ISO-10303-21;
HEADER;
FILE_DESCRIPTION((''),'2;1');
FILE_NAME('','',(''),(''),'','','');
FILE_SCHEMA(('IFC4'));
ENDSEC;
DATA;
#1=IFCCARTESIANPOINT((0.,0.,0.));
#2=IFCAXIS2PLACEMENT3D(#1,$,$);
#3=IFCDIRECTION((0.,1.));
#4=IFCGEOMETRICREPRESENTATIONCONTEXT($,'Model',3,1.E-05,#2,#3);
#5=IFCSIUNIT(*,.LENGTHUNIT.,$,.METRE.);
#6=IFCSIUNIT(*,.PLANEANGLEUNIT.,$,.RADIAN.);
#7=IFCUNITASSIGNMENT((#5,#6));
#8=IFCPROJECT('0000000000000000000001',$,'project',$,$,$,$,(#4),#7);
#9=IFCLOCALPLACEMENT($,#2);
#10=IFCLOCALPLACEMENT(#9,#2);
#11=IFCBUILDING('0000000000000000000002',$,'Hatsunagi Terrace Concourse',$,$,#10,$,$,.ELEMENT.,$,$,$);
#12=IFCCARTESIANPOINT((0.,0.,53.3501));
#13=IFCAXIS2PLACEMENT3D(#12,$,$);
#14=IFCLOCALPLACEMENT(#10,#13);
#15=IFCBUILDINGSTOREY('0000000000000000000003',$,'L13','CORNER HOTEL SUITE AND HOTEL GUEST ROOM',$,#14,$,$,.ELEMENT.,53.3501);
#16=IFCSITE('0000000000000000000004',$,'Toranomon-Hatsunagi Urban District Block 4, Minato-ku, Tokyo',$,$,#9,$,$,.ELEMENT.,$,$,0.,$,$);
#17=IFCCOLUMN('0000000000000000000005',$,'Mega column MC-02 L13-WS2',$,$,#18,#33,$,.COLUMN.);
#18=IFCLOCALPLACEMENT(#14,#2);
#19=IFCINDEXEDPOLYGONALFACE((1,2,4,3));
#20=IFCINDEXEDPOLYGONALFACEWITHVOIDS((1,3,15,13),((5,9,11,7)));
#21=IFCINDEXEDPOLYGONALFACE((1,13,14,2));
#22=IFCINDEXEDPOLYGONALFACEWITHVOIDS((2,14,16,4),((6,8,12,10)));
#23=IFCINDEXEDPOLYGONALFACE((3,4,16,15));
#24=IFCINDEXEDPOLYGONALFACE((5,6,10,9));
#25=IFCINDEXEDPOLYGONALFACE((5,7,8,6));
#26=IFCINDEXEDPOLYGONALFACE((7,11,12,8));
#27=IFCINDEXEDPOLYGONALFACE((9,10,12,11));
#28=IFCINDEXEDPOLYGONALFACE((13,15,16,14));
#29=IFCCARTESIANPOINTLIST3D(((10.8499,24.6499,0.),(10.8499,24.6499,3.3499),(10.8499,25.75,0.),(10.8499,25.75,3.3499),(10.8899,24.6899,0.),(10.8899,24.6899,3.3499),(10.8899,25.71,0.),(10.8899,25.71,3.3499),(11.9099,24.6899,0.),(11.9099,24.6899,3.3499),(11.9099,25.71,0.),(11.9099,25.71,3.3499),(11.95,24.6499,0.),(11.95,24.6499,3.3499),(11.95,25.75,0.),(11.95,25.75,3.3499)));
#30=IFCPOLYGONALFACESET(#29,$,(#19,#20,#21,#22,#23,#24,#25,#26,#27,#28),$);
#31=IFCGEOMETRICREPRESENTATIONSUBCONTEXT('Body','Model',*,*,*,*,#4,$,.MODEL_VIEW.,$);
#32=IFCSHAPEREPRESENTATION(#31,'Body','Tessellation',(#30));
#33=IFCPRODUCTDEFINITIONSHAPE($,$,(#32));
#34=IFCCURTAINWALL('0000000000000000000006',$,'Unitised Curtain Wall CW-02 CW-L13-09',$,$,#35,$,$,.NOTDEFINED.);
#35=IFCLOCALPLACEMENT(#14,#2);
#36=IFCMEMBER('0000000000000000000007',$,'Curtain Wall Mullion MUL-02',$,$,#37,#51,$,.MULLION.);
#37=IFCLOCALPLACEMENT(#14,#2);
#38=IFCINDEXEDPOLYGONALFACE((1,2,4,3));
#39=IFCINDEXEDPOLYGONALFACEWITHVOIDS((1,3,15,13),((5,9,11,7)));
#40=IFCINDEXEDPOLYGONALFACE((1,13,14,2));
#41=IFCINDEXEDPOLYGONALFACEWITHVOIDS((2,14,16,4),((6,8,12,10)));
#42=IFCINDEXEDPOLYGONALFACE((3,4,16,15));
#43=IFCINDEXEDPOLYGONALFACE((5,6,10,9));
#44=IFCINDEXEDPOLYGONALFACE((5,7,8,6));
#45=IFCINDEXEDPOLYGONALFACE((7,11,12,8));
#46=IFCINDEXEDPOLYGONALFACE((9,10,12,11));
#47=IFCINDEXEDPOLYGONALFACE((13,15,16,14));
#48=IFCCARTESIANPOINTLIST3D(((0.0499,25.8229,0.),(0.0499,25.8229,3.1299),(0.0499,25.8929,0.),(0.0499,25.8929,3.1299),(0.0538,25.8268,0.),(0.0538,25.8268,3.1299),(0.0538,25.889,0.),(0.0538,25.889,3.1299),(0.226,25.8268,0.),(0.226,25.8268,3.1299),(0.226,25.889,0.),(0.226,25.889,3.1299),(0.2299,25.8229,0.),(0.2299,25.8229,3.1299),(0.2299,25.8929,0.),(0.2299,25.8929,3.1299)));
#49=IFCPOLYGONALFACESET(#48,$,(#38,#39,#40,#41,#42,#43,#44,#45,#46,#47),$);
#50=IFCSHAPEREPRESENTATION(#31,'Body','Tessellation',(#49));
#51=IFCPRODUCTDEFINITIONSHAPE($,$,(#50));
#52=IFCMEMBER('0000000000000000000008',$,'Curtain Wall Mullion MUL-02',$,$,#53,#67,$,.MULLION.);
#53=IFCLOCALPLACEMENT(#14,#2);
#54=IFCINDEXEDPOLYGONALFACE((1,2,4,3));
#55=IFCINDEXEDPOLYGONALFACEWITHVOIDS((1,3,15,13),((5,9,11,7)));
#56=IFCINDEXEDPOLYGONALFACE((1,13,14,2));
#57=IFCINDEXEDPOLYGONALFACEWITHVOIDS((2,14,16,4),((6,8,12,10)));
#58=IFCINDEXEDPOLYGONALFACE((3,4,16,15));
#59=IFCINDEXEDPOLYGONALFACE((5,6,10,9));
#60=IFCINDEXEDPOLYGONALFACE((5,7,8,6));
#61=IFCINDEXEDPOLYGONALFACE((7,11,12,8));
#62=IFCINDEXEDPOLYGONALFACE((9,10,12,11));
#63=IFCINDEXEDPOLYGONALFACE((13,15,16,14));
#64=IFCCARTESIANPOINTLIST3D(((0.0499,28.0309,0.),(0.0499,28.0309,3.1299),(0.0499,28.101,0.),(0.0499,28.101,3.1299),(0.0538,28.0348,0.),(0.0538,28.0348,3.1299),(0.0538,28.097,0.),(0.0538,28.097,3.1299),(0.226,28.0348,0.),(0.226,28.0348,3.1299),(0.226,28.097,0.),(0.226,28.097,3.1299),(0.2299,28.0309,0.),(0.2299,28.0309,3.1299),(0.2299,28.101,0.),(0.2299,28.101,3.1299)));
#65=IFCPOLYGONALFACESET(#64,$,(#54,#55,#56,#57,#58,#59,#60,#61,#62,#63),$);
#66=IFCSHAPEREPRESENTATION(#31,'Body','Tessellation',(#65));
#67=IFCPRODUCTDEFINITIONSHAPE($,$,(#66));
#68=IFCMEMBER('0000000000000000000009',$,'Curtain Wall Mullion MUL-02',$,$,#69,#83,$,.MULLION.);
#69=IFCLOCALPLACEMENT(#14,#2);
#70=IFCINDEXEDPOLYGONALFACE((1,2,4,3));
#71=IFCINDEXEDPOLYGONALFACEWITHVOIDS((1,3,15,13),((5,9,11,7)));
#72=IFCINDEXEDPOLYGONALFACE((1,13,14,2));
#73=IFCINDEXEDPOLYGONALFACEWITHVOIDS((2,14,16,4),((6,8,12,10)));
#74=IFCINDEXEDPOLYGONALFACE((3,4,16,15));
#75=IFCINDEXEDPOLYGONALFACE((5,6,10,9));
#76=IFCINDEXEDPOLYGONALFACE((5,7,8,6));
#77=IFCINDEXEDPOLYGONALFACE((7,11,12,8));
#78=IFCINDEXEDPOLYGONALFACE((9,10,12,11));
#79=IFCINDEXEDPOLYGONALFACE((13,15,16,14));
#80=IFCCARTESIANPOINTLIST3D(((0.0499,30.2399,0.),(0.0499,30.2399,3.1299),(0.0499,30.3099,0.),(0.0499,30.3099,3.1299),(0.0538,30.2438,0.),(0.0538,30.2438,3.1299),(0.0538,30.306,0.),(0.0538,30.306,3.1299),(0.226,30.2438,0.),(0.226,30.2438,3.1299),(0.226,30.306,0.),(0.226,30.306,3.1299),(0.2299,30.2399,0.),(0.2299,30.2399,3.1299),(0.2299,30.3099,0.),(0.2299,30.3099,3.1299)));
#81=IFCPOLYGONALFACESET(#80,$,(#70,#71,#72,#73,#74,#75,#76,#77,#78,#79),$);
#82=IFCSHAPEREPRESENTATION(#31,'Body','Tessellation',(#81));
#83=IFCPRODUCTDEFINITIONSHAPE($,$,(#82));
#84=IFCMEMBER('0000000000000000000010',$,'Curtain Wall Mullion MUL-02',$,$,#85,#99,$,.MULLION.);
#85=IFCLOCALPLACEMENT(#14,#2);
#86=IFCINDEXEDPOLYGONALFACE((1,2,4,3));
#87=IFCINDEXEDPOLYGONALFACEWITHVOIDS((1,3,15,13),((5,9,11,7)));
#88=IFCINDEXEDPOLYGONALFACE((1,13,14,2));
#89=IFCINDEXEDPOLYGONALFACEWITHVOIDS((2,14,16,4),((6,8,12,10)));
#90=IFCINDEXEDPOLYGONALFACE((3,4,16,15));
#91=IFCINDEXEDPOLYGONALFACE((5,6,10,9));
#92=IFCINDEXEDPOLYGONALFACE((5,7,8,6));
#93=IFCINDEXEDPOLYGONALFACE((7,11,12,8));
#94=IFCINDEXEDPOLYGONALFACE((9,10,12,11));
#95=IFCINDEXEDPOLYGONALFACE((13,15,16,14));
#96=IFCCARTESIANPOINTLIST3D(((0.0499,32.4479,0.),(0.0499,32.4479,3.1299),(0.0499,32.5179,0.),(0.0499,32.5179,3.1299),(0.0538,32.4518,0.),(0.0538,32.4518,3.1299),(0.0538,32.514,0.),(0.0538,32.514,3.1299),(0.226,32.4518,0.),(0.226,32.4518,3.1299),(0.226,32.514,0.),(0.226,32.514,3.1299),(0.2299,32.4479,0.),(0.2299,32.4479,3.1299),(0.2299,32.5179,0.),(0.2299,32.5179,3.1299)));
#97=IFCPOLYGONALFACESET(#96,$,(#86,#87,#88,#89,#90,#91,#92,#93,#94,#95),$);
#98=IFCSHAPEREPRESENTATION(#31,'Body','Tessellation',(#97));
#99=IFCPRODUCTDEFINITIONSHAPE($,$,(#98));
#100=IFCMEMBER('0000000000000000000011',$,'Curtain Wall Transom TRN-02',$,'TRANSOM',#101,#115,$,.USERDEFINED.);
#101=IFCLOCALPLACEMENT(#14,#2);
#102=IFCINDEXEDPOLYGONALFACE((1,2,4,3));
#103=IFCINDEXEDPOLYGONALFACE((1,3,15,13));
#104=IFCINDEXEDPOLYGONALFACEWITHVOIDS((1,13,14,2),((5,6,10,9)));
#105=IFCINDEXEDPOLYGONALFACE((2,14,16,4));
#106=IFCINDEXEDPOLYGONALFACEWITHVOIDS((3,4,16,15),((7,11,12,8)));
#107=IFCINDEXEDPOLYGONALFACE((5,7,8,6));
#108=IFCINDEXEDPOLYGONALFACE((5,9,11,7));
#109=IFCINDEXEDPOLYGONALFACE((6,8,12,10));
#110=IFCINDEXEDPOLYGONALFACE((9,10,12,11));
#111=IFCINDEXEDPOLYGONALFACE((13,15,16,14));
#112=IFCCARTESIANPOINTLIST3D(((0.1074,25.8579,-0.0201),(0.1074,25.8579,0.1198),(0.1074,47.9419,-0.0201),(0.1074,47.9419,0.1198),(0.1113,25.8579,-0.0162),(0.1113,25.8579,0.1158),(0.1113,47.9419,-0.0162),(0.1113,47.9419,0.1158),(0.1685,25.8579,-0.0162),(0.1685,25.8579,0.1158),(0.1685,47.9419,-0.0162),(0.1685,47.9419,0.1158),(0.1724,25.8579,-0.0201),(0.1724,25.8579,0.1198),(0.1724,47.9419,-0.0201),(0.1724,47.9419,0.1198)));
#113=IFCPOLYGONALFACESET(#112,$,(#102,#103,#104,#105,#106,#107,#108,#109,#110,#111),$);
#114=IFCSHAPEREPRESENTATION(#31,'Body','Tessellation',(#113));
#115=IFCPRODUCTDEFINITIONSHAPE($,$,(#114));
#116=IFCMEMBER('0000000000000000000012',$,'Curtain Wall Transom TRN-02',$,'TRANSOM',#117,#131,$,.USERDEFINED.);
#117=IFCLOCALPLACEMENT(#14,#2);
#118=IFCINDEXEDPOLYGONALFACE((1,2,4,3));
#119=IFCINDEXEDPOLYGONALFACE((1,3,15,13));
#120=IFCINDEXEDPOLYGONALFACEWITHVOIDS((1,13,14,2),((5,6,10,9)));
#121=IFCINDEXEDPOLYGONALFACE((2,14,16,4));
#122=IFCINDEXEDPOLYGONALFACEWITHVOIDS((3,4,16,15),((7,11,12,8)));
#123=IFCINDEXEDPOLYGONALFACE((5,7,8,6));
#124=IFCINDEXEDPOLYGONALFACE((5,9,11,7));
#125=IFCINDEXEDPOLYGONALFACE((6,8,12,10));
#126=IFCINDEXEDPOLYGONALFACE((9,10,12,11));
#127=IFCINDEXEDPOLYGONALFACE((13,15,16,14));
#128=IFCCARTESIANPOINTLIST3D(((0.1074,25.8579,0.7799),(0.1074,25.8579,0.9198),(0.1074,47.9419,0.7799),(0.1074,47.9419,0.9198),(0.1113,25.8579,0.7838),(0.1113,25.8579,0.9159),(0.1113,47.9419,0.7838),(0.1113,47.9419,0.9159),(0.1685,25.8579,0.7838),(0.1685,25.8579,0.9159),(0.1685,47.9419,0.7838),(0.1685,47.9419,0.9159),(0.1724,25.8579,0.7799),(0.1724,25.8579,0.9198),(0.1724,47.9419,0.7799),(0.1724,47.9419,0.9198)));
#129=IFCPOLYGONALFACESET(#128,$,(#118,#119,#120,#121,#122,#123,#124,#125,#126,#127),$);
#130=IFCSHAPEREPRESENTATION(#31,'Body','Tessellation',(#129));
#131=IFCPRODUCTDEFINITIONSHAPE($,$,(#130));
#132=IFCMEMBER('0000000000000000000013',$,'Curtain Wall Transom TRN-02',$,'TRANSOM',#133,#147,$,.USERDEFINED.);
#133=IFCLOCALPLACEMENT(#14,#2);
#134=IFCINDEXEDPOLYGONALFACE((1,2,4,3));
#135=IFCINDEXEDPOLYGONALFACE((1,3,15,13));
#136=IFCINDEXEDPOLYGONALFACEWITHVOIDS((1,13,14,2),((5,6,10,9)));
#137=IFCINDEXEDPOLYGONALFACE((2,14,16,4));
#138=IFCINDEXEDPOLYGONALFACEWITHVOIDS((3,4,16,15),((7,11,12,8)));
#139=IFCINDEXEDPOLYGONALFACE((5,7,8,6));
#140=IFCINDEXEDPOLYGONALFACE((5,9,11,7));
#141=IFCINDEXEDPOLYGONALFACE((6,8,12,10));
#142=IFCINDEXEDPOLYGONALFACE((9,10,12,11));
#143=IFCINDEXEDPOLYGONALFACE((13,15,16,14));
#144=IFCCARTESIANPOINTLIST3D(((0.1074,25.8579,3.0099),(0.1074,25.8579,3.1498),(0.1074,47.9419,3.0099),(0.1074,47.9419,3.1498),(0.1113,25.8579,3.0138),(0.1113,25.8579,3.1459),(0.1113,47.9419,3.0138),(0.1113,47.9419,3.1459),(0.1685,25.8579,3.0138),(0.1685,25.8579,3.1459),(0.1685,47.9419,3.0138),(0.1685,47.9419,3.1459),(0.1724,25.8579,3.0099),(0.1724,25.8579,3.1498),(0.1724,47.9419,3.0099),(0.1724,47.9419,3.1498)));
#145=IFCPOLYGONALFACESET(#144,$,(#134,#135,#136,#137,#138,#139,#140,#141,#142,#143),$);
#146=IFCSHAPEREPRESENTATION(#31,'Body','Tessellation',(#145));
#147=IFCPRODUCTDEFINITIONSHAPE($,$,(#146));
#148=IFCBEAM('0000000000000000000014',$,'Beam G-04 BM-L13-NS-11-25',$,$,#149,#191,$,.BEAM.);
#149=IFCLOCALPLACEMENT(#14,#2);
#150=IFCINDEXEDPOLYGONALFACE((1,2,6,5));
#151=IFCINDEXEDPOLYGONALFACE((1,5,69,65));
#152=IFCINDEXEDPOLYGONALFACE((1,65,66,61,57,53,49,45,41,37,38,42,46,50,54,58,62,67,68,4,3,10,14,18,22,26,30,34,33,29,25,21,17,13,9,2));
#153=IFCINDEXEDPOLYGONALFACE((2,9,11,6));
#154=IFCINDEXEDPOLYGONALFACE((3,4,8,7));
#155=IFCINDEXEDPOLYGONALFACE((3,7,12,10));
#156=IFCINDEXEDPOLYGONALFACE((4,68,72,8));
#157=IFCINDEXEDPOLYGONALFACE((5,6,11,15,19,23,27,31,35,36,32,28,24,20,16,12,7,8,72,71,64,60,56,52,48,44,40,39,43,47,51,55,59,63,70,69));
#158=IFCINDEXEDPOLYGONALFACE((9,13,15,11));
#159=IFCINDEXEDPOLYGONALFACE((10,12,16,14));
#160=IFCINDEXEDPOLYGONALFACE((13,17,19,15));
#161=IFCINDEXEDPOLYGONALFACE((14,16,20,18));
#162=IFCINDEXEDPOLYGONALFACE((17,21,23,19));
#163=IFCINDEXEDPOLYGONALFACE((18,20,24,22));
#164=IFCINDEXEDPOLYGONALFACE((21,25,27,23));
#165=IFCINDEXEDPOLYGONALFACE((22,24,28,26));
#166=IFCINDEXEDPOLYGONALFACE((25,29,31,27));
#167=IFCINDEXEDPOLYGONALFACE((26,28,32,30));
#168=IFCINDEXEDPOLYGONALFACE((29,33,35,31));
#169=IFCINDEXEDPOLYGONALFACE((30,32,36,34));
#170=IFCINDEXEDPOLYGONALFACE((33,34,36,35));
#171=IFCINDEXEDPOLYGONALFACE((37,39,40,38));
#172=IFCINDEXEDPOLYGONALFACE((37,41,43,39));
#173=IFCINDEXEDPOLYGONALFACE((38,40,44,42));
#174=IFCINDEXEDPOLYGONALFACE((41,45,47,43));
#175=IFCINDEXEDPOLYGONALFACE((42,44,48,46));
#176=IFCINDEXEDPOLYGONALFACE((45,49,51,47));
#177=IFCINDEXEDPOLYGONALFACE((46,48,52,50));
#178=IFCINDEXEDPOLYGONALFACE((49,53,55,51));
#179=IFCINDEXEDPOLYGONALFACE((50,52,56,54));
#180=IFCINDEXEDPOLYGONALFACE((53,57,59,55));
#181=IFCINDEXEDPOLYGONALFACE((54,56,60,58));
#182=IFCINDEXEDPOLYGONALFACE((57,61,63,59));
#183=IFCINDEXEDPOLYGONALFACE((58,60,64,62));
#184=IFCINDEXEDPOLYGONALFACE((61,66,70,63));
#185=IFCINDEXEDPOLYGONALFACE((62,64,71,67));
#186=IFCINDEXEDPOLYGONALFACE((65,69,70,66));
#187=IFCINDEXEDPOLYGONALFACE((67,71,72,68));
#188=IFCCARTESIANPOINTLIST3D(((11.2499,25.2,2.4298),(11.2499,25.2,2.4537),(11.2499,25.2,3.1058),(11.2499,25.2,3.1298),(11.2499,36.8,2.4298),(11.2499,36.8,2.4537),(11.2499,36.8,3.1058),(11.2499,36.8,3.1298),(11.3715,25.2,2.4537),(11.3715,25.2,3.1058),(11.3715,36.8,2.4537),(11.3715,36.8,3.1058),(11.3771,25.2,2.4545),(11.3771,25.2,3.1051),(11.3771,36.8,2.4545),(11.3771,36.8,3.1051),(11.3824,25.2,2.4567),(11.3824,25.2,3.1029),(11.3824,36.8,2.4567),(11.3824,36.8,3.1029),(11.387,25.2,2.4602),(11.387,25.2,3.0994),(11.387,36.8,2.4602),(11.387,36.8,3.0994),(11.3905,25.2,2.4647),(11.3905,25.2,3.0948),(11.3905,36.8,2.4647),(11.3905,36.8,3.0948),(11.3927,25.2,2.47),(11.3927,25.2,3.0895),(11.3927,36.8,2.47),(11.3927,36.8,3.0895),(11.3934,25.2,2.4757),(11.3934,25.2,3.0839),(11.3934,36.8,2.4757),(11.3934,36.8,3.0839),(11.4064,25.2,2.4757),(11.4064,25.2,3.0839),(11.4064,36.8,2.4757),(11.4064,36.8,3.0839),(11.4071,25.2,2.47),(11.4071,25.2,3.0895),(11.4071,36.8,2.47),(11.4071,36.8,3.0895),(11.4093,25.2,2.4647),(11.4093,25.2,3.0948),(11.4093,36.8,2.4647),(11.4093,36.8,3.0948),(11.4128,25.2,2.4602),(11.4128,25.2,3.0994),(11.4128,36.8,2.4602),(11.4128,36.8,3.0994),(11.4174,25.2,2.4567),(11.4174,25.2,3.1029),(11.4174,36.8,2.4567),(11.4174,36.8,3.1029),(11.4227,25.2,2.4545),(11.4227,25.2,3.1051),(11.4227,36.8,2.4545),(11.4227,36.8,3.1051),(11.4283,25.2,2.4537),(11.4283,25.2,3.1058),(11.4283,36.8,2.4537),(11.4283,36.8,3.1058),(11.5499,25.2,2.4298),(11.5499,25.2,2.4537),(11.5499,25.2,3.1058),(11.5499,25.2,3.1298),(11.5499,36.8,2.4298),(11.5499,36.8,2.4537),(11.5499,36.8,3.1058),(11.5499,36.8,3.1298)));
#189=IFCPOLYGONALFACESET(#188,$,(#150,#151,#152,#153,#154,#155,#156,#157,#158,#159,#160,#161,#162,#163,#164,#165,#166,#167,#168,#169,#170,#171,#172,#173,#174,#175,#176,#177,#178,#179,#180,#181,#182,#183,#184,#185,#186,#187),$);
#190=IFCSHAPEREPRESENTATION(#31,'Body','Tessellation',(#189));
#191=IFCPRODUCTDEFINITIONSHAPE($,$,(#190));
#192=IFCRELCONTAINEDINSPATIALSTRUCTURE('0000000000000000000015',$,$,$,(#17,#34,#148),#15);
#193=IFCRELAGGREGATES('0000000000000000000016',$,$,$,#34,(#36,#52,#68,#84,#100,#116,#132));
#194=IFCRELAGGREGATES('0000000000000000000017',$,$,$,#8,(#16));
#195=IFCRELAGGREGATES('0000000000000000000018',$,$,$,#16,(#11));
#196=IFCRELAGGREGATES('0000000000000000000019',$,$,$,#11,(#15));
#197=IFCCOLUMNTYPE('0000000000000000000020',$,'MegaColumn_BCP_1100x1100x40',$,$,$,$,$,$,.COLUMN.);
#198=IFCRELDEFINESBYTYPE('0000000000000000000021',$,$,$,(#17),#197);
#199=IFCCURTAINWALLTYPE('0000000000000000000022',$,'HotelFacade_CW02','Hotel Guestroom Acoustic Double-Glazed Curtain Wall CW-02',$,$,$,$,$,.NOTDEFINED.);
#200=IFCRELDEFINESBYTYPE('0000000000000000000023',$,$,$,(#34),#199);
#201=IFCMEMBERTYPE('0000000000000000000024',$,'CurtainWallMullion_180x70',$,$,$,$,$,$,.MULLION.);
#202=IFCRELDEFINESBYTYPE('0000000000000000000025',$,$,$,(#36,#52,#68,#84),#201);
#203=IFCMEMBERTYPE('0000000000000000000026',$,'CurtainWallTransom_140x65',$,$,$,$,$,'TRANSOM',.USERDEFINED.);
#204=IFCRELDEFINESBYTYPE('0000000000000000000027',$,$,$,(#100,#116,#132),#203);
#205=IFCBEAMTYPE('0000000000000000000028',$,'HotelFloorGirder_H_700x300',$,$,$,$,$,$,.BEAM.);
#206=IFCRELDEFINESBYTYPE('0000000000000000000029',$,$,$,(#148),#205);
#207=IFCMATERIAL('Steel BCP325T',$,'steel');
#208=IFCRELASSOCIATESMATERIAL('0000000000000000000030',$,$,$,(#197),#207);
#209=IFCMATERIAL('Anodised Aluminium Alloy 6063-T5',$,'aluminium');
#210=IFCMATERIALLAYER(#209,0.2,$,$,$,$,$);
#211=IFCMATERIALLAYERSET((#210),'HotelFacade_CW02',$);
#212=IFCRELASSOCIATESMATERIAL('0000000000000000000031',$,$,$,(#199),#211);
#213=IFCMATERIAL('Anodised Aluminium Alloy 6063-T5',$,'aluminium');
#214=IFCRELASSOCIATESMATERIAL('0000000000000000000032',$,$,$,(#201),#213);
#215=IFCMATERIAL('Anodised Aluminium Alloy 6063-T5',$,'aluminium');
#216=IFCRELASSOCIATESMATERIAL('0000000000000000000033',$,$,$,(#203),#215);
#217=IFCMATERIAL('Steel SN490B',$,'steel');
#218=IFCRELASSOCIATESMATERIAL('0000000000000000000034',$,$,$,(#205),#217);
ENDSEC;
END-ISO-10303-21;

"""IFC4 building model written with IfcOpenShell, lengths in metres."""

from ifc_helpers import new_model, si_unit, direction, frame, origin, origin_2d, place, context, subcontext, project, spatial, hollow_rectangle, i_section, extrude, material, layer, layer_set, material_profile, profile_set, type_object, element, aggregate, save


model = new_model("IFC4")

# Units and contexts
model_context = context("Model", 3, precision=1e-05, world=origin(), true_north=direction((0.0, 1.0)))
body_context = subcontext(model_context, "Body", "Model", "MODEL_VIEW")
ifc_project = project(units=[si_unit("LENGTHUNIT", "METRE"), si_unit("PLANEANGLEUNIT", "RADIAN")], contexts=[model_context])

# Site, building, storey
site_placement = place(None, origin())
site = spatial("IfcSite", under=ifc_project, at=site_placement, Name="Toranomon-Hatsunagi Urban District Block 4, Minato-ku, Tokyo", CompositionType="ELEMENT", RefElevation=0.0)
building_placement = place(site_placement, origin())
building = spatial("IfcBuilding", under=site, at=building_placement, Name="Hatsunagi Terrace Concourse", CompositionType="ELEMENT")
storey_placement = place(building_placement, frame((0.0, 0.0, 53.3501)))
storey = spatial("IfcBuildingStorey", under=building, at=storey_placement, Name="L13", Description="CORNER HOTEL SUITE AND HOTEL GUEST ROOM", CompositionType="ELEMENT", Elevation=53.3501)

# Column
ifc_material_1 = material(Name="Steel BCP325T", Category="steel")
ifc_material_profile_1 = material_profile(ifc_material_1, hollow_rectangle(XDim=1.1001, YDim=1.1001, WallThickness=0.04, at=origin_2d()), Name="BCP-1100x1100x40")
ifc_profile_set_1 = profile_set([ifc_material_profile_1], Name="Steel BCP325T")
column_type = type_object("IfcColumnType", Name="MegaColumn_BCP_1100x1100x40", PredefinedType="COLUMN", material=ifc_profile_set_1)
column_placement = place(storey_placement, frame((11.3999, 25.2, 0.0), z_axis=(0.0, 0.0, 1.0), x_axis=(1.0, 0.0, 0.0)))
element("IfcColumn", 1, at=column_placement, inside=storey, type_object=column_type, Name="Mega column MC-02 L13-WS2", PredefinedType="COLUMN", context=body_context, shape_type="SweptSolid", body=[
    extrude(hollow_rectangle(XDim=1.1001, YDim=1.1001, WallThickness=0.04, at=origin_2d()), origin(), (0.0, 0.0, 1.0), 3.3499),
])

# Curtain wall, members
ifc_material_2 = material(Name="Anodised Aluminium Alloy 6063-T5", Category="aluminium")
ifc_layer_1 = layer(ifc_material_2, 0.2)
ifc_layer_set_1 = layer_set([ifc_layer_1], Name="HotelFacade_CW02")
curtain_wall_type = type_object("IfcCurtainWallType", Name="HotelFacade_CW02", Description="Hotel Guestroom Acoustic Double-Glazed Curtain Wall CW-02", PredefinedType="NOTDEFINED", material=ifc_layer_set_1)
curtain_wall_placement = place(storey_placement, origin())
curtain_wall = element("IfcCurtainWall", 2, at=curtain_wall_placement, inside=storey, type_object=curtain_wall_type, Name="Unitised Curtain Wall CW-02 CW-L13-09", PredefinedType="NOTDEFINED")
ifc_material_3 = material(Name="Anodised Aluminium Alloy 6063-T5", Category="aluminium")
ifc_material_profile_2 = material_profile(ifc_material_3, hollow_rectangle(XDim=0.0701, YDim=0.1799, WallThickness=0.0039, at=origin_2d()), Name="ALU-MUL-180x70x4")
ifc_profile_set_2 = profile_set([ifc_material_profile_2], Name="Anodised Aluminium Alloy 6063-T5")
member_type_1 = type_object("IfcMemberType", Name="CurtainWallMullion_180x70", PredefinedType="MULLION", material=ifc_profile_set_2)
member_1_placement = place(storey_placement, frame((0.1399, 25.8579, 0.0), z_axis=(0.0, 0.0, 1.0), x_axis=(0.0, 1.0, 0.0)))
member_1 = element("IfcMember", 3, at=member_1_placement, type_object=member_type_1, Name="Curtain Wall Mullion MUL-02", PredefinedType="MULLION", context=body_context, shape_type="SweptSolid", body=[
    extrude(hollow_rectangle(XDim=0.0701, YDim=0.1799, WallThickness=0.0039, at=origin_2d()), origin(), (0.0, 0.0, 1.0), 3.1299),
])
member_2_placement = place(storey_placement, frame((0.1399, 28.0659, 0.0), z_axis=(0.0, 0.0, 1.0), x_axis=(0.0, 1.0, 0.0)))
member_2 = element("IfcMember", 4, at=member_2_placement, type_object=member_type_1, Name="Curtain Wall Mullion MUL-02", PredefinedType="MULLION", context=body_context, shape_type="SweptSolid", body=[
    extrude(hollow_rectangle(XDim=0.0701, YDim=0.1799, WallThickness=0.0039, at=origin_2d()), origin(), (0.0, 0.0, 1.0), 3.1299),
])
member_3_placement = place(storey_placement, frame((0.1399, 30.2749, 0.0), z_axis=(0.0, 0.0, 1.0), x_axis=(0.0, 1.0, 0.0)))
member_3 = element("IfcMember", 5, at=member_3_placement, type_object=member_type_1, Name="Curtain Wall Mullion MUL-02", PredefinedType="MULLION", context=body_context, shape_type="SweptSolid", body=[
    extrude(hollow_rectangle(XDim=0.0701, YDim=0.1799, WallThickness=0.0039, at=origin_2d()), origin(), (0.0, 0.0, 1.0), 3.1299),
])
member_4_placement = place(storey_placement, frame((0.1399, 32.4829, 0.0), z_axis=(0.0, 0.0, 1.0), x_axis=(0.0, 1.0, 0.0)))
member_4 = element("IfcMember", 6, at=member_4_placement, type_object=member_type_1, Name="Curtain Wall Mullion MUL-02", PredefinedType="MULLION", context=body_context, shape_type="SweptSolid", body=[
    extrude(hollow_rectangle(XDim=0.0701, YDim=0.1799, WallThickness=0.0039, at=origin_2d()), origin(), (0.0, 0.0, 1.0), 3.1299),
])
ifc_material_4 = material(Name="Anodised Aluminium Alloy 6063-T5", Category="aluminium")
ifc_material_profile_3 = material_profile(ifc_material_4, hollow_rectangle(XDim=0.0649, YDim=0.1399, WallThickness=0.0039, at=origin_2d()), Name="ALU-TRN-140x65x4")
ifc_profile_set_3 = profile_set([ifc_material_profile_3], Name="Anodised Aluminium Alloy 6063-T5")
member_type_2 = type_object("IfcMemberType", Name="CurtainWallTransom_140x65", ElementType="TRANSOM", PredefinedType="USERDEFINED", material=ifc_profile_set_3)
member_5_placement = place(storey_placement, frame((0.1399, 25.8579, 0.0498), z_axis=(0.0, 1.0, 0.0), x_axis=(-1.0, 0.0, 0.0)))
member_5 = element("IfcMember", 7, at=member_5_placement, type_object=member_type_2, Name="Curtain Wall Transom TRN-02", ObjectType="TRANSOM", PredefinedType="USERDEFINED", context=body_context, shape_type="SweptSolid", body=[
    extrude(hollow_rectangle(XDim=0.0649, YDim=0.1399, WallThickness=0.0039, at=origin_2d()), origin(), (0.0, 0.0, 1.0), 22.084),
])
member_6_placement = place(storey_placement, frame((0.1399, 25.8579, 0.8499), z_axis=(0.0, 1.0, 0.0), x_axis=(-1.0, 0.0, 0.0)))
member_6 = element("IfcMember", 8, at=member_6_placement, type_object=member_type_2, Name="Curtain Wall Transom TRN-02", ObjectType="TRANSOM", PredefinedType="USERDEFINED", context=body_context, shape_type="SweptSolid", body=[
    extrude(hollow_rectangle(XDim=0.0649, YDim=0.1399, WallThickness=0.0039, at=origin_2d()), origin(), (0.0, 0.0, 1.0), 22.084),
])
member_7_placement = place(storey_placement, frame((0.1399, 25.8579, 3.0798), z_axis=(0.0, 1.0, 0.0), x_axis=(-1.0, 0.0, 0.0)))
member_7 = element("IfcMember", 9, at=member_7_placement, type_object=member_type_2, Name="Curtain Wall Transom TRN-02", ObjectType="TRANSOM", PredefinedType="USERDEFINED", context=body_context, shape_type="SweptSolid", body=[
    extrude(hollow_rectangle(XDim=0.0649, YDim=0.1399, WallThickness=0.0039, at=origin_2d()), origin(), (0.0, 0.0, 1.0), 22.084),
])

# Beam
ifc_material_5 = material(Name="Steel SN490B", Category="steel")
ifc_material_profile_4 = material_profile(ifc_material_5, i_section(OverallWidth=0.3, OverallDepth=0.7, WebThickness=0.0129, FlangeThickness=0.0239, FilletRadius=0.022, at=origin_2d()), Name="H-700x300x13x24")
ifc_profile_set_4 = profile_set([ifc_material_profile_4], Name="Steel SN490B")
beam_type_1 = type_object("IfcBeamType", Name="HotelFloorGirder_H_700x300", PredefinedType="BEAM", material=ifc_profile_set_4)
beam_1_placement = place(storey_placement, frame((11.3999, 25.2, 2.7798), z_axis=(0.0, 1.0, 0.0), x_axis=(-1.0, 0.0, 0.0)))
element("IfcBeam", 10, at=beam_1_placement, inside=storey, type_object=beam_type_1, Name="Beam G-04 BM-L13-NS-11-25", PredefinedType="BEAM", context=body_context, shape_type="SweptSolid", body=[
    extrude(i_section(OverallWidth=0.3, OverallDepth=0.7, WebThickness=0.0129, FlangeThickness=0.0239, FilletRadius=0.022, at=origin_2d()), origin(), (0.0, 0.0, 1.0), 11.6001),
])

aggregate(curtain_wall, [member_1, member_2, member_3, member_4, member_5, member_6, member_7])

save(model, "model.ifc")
